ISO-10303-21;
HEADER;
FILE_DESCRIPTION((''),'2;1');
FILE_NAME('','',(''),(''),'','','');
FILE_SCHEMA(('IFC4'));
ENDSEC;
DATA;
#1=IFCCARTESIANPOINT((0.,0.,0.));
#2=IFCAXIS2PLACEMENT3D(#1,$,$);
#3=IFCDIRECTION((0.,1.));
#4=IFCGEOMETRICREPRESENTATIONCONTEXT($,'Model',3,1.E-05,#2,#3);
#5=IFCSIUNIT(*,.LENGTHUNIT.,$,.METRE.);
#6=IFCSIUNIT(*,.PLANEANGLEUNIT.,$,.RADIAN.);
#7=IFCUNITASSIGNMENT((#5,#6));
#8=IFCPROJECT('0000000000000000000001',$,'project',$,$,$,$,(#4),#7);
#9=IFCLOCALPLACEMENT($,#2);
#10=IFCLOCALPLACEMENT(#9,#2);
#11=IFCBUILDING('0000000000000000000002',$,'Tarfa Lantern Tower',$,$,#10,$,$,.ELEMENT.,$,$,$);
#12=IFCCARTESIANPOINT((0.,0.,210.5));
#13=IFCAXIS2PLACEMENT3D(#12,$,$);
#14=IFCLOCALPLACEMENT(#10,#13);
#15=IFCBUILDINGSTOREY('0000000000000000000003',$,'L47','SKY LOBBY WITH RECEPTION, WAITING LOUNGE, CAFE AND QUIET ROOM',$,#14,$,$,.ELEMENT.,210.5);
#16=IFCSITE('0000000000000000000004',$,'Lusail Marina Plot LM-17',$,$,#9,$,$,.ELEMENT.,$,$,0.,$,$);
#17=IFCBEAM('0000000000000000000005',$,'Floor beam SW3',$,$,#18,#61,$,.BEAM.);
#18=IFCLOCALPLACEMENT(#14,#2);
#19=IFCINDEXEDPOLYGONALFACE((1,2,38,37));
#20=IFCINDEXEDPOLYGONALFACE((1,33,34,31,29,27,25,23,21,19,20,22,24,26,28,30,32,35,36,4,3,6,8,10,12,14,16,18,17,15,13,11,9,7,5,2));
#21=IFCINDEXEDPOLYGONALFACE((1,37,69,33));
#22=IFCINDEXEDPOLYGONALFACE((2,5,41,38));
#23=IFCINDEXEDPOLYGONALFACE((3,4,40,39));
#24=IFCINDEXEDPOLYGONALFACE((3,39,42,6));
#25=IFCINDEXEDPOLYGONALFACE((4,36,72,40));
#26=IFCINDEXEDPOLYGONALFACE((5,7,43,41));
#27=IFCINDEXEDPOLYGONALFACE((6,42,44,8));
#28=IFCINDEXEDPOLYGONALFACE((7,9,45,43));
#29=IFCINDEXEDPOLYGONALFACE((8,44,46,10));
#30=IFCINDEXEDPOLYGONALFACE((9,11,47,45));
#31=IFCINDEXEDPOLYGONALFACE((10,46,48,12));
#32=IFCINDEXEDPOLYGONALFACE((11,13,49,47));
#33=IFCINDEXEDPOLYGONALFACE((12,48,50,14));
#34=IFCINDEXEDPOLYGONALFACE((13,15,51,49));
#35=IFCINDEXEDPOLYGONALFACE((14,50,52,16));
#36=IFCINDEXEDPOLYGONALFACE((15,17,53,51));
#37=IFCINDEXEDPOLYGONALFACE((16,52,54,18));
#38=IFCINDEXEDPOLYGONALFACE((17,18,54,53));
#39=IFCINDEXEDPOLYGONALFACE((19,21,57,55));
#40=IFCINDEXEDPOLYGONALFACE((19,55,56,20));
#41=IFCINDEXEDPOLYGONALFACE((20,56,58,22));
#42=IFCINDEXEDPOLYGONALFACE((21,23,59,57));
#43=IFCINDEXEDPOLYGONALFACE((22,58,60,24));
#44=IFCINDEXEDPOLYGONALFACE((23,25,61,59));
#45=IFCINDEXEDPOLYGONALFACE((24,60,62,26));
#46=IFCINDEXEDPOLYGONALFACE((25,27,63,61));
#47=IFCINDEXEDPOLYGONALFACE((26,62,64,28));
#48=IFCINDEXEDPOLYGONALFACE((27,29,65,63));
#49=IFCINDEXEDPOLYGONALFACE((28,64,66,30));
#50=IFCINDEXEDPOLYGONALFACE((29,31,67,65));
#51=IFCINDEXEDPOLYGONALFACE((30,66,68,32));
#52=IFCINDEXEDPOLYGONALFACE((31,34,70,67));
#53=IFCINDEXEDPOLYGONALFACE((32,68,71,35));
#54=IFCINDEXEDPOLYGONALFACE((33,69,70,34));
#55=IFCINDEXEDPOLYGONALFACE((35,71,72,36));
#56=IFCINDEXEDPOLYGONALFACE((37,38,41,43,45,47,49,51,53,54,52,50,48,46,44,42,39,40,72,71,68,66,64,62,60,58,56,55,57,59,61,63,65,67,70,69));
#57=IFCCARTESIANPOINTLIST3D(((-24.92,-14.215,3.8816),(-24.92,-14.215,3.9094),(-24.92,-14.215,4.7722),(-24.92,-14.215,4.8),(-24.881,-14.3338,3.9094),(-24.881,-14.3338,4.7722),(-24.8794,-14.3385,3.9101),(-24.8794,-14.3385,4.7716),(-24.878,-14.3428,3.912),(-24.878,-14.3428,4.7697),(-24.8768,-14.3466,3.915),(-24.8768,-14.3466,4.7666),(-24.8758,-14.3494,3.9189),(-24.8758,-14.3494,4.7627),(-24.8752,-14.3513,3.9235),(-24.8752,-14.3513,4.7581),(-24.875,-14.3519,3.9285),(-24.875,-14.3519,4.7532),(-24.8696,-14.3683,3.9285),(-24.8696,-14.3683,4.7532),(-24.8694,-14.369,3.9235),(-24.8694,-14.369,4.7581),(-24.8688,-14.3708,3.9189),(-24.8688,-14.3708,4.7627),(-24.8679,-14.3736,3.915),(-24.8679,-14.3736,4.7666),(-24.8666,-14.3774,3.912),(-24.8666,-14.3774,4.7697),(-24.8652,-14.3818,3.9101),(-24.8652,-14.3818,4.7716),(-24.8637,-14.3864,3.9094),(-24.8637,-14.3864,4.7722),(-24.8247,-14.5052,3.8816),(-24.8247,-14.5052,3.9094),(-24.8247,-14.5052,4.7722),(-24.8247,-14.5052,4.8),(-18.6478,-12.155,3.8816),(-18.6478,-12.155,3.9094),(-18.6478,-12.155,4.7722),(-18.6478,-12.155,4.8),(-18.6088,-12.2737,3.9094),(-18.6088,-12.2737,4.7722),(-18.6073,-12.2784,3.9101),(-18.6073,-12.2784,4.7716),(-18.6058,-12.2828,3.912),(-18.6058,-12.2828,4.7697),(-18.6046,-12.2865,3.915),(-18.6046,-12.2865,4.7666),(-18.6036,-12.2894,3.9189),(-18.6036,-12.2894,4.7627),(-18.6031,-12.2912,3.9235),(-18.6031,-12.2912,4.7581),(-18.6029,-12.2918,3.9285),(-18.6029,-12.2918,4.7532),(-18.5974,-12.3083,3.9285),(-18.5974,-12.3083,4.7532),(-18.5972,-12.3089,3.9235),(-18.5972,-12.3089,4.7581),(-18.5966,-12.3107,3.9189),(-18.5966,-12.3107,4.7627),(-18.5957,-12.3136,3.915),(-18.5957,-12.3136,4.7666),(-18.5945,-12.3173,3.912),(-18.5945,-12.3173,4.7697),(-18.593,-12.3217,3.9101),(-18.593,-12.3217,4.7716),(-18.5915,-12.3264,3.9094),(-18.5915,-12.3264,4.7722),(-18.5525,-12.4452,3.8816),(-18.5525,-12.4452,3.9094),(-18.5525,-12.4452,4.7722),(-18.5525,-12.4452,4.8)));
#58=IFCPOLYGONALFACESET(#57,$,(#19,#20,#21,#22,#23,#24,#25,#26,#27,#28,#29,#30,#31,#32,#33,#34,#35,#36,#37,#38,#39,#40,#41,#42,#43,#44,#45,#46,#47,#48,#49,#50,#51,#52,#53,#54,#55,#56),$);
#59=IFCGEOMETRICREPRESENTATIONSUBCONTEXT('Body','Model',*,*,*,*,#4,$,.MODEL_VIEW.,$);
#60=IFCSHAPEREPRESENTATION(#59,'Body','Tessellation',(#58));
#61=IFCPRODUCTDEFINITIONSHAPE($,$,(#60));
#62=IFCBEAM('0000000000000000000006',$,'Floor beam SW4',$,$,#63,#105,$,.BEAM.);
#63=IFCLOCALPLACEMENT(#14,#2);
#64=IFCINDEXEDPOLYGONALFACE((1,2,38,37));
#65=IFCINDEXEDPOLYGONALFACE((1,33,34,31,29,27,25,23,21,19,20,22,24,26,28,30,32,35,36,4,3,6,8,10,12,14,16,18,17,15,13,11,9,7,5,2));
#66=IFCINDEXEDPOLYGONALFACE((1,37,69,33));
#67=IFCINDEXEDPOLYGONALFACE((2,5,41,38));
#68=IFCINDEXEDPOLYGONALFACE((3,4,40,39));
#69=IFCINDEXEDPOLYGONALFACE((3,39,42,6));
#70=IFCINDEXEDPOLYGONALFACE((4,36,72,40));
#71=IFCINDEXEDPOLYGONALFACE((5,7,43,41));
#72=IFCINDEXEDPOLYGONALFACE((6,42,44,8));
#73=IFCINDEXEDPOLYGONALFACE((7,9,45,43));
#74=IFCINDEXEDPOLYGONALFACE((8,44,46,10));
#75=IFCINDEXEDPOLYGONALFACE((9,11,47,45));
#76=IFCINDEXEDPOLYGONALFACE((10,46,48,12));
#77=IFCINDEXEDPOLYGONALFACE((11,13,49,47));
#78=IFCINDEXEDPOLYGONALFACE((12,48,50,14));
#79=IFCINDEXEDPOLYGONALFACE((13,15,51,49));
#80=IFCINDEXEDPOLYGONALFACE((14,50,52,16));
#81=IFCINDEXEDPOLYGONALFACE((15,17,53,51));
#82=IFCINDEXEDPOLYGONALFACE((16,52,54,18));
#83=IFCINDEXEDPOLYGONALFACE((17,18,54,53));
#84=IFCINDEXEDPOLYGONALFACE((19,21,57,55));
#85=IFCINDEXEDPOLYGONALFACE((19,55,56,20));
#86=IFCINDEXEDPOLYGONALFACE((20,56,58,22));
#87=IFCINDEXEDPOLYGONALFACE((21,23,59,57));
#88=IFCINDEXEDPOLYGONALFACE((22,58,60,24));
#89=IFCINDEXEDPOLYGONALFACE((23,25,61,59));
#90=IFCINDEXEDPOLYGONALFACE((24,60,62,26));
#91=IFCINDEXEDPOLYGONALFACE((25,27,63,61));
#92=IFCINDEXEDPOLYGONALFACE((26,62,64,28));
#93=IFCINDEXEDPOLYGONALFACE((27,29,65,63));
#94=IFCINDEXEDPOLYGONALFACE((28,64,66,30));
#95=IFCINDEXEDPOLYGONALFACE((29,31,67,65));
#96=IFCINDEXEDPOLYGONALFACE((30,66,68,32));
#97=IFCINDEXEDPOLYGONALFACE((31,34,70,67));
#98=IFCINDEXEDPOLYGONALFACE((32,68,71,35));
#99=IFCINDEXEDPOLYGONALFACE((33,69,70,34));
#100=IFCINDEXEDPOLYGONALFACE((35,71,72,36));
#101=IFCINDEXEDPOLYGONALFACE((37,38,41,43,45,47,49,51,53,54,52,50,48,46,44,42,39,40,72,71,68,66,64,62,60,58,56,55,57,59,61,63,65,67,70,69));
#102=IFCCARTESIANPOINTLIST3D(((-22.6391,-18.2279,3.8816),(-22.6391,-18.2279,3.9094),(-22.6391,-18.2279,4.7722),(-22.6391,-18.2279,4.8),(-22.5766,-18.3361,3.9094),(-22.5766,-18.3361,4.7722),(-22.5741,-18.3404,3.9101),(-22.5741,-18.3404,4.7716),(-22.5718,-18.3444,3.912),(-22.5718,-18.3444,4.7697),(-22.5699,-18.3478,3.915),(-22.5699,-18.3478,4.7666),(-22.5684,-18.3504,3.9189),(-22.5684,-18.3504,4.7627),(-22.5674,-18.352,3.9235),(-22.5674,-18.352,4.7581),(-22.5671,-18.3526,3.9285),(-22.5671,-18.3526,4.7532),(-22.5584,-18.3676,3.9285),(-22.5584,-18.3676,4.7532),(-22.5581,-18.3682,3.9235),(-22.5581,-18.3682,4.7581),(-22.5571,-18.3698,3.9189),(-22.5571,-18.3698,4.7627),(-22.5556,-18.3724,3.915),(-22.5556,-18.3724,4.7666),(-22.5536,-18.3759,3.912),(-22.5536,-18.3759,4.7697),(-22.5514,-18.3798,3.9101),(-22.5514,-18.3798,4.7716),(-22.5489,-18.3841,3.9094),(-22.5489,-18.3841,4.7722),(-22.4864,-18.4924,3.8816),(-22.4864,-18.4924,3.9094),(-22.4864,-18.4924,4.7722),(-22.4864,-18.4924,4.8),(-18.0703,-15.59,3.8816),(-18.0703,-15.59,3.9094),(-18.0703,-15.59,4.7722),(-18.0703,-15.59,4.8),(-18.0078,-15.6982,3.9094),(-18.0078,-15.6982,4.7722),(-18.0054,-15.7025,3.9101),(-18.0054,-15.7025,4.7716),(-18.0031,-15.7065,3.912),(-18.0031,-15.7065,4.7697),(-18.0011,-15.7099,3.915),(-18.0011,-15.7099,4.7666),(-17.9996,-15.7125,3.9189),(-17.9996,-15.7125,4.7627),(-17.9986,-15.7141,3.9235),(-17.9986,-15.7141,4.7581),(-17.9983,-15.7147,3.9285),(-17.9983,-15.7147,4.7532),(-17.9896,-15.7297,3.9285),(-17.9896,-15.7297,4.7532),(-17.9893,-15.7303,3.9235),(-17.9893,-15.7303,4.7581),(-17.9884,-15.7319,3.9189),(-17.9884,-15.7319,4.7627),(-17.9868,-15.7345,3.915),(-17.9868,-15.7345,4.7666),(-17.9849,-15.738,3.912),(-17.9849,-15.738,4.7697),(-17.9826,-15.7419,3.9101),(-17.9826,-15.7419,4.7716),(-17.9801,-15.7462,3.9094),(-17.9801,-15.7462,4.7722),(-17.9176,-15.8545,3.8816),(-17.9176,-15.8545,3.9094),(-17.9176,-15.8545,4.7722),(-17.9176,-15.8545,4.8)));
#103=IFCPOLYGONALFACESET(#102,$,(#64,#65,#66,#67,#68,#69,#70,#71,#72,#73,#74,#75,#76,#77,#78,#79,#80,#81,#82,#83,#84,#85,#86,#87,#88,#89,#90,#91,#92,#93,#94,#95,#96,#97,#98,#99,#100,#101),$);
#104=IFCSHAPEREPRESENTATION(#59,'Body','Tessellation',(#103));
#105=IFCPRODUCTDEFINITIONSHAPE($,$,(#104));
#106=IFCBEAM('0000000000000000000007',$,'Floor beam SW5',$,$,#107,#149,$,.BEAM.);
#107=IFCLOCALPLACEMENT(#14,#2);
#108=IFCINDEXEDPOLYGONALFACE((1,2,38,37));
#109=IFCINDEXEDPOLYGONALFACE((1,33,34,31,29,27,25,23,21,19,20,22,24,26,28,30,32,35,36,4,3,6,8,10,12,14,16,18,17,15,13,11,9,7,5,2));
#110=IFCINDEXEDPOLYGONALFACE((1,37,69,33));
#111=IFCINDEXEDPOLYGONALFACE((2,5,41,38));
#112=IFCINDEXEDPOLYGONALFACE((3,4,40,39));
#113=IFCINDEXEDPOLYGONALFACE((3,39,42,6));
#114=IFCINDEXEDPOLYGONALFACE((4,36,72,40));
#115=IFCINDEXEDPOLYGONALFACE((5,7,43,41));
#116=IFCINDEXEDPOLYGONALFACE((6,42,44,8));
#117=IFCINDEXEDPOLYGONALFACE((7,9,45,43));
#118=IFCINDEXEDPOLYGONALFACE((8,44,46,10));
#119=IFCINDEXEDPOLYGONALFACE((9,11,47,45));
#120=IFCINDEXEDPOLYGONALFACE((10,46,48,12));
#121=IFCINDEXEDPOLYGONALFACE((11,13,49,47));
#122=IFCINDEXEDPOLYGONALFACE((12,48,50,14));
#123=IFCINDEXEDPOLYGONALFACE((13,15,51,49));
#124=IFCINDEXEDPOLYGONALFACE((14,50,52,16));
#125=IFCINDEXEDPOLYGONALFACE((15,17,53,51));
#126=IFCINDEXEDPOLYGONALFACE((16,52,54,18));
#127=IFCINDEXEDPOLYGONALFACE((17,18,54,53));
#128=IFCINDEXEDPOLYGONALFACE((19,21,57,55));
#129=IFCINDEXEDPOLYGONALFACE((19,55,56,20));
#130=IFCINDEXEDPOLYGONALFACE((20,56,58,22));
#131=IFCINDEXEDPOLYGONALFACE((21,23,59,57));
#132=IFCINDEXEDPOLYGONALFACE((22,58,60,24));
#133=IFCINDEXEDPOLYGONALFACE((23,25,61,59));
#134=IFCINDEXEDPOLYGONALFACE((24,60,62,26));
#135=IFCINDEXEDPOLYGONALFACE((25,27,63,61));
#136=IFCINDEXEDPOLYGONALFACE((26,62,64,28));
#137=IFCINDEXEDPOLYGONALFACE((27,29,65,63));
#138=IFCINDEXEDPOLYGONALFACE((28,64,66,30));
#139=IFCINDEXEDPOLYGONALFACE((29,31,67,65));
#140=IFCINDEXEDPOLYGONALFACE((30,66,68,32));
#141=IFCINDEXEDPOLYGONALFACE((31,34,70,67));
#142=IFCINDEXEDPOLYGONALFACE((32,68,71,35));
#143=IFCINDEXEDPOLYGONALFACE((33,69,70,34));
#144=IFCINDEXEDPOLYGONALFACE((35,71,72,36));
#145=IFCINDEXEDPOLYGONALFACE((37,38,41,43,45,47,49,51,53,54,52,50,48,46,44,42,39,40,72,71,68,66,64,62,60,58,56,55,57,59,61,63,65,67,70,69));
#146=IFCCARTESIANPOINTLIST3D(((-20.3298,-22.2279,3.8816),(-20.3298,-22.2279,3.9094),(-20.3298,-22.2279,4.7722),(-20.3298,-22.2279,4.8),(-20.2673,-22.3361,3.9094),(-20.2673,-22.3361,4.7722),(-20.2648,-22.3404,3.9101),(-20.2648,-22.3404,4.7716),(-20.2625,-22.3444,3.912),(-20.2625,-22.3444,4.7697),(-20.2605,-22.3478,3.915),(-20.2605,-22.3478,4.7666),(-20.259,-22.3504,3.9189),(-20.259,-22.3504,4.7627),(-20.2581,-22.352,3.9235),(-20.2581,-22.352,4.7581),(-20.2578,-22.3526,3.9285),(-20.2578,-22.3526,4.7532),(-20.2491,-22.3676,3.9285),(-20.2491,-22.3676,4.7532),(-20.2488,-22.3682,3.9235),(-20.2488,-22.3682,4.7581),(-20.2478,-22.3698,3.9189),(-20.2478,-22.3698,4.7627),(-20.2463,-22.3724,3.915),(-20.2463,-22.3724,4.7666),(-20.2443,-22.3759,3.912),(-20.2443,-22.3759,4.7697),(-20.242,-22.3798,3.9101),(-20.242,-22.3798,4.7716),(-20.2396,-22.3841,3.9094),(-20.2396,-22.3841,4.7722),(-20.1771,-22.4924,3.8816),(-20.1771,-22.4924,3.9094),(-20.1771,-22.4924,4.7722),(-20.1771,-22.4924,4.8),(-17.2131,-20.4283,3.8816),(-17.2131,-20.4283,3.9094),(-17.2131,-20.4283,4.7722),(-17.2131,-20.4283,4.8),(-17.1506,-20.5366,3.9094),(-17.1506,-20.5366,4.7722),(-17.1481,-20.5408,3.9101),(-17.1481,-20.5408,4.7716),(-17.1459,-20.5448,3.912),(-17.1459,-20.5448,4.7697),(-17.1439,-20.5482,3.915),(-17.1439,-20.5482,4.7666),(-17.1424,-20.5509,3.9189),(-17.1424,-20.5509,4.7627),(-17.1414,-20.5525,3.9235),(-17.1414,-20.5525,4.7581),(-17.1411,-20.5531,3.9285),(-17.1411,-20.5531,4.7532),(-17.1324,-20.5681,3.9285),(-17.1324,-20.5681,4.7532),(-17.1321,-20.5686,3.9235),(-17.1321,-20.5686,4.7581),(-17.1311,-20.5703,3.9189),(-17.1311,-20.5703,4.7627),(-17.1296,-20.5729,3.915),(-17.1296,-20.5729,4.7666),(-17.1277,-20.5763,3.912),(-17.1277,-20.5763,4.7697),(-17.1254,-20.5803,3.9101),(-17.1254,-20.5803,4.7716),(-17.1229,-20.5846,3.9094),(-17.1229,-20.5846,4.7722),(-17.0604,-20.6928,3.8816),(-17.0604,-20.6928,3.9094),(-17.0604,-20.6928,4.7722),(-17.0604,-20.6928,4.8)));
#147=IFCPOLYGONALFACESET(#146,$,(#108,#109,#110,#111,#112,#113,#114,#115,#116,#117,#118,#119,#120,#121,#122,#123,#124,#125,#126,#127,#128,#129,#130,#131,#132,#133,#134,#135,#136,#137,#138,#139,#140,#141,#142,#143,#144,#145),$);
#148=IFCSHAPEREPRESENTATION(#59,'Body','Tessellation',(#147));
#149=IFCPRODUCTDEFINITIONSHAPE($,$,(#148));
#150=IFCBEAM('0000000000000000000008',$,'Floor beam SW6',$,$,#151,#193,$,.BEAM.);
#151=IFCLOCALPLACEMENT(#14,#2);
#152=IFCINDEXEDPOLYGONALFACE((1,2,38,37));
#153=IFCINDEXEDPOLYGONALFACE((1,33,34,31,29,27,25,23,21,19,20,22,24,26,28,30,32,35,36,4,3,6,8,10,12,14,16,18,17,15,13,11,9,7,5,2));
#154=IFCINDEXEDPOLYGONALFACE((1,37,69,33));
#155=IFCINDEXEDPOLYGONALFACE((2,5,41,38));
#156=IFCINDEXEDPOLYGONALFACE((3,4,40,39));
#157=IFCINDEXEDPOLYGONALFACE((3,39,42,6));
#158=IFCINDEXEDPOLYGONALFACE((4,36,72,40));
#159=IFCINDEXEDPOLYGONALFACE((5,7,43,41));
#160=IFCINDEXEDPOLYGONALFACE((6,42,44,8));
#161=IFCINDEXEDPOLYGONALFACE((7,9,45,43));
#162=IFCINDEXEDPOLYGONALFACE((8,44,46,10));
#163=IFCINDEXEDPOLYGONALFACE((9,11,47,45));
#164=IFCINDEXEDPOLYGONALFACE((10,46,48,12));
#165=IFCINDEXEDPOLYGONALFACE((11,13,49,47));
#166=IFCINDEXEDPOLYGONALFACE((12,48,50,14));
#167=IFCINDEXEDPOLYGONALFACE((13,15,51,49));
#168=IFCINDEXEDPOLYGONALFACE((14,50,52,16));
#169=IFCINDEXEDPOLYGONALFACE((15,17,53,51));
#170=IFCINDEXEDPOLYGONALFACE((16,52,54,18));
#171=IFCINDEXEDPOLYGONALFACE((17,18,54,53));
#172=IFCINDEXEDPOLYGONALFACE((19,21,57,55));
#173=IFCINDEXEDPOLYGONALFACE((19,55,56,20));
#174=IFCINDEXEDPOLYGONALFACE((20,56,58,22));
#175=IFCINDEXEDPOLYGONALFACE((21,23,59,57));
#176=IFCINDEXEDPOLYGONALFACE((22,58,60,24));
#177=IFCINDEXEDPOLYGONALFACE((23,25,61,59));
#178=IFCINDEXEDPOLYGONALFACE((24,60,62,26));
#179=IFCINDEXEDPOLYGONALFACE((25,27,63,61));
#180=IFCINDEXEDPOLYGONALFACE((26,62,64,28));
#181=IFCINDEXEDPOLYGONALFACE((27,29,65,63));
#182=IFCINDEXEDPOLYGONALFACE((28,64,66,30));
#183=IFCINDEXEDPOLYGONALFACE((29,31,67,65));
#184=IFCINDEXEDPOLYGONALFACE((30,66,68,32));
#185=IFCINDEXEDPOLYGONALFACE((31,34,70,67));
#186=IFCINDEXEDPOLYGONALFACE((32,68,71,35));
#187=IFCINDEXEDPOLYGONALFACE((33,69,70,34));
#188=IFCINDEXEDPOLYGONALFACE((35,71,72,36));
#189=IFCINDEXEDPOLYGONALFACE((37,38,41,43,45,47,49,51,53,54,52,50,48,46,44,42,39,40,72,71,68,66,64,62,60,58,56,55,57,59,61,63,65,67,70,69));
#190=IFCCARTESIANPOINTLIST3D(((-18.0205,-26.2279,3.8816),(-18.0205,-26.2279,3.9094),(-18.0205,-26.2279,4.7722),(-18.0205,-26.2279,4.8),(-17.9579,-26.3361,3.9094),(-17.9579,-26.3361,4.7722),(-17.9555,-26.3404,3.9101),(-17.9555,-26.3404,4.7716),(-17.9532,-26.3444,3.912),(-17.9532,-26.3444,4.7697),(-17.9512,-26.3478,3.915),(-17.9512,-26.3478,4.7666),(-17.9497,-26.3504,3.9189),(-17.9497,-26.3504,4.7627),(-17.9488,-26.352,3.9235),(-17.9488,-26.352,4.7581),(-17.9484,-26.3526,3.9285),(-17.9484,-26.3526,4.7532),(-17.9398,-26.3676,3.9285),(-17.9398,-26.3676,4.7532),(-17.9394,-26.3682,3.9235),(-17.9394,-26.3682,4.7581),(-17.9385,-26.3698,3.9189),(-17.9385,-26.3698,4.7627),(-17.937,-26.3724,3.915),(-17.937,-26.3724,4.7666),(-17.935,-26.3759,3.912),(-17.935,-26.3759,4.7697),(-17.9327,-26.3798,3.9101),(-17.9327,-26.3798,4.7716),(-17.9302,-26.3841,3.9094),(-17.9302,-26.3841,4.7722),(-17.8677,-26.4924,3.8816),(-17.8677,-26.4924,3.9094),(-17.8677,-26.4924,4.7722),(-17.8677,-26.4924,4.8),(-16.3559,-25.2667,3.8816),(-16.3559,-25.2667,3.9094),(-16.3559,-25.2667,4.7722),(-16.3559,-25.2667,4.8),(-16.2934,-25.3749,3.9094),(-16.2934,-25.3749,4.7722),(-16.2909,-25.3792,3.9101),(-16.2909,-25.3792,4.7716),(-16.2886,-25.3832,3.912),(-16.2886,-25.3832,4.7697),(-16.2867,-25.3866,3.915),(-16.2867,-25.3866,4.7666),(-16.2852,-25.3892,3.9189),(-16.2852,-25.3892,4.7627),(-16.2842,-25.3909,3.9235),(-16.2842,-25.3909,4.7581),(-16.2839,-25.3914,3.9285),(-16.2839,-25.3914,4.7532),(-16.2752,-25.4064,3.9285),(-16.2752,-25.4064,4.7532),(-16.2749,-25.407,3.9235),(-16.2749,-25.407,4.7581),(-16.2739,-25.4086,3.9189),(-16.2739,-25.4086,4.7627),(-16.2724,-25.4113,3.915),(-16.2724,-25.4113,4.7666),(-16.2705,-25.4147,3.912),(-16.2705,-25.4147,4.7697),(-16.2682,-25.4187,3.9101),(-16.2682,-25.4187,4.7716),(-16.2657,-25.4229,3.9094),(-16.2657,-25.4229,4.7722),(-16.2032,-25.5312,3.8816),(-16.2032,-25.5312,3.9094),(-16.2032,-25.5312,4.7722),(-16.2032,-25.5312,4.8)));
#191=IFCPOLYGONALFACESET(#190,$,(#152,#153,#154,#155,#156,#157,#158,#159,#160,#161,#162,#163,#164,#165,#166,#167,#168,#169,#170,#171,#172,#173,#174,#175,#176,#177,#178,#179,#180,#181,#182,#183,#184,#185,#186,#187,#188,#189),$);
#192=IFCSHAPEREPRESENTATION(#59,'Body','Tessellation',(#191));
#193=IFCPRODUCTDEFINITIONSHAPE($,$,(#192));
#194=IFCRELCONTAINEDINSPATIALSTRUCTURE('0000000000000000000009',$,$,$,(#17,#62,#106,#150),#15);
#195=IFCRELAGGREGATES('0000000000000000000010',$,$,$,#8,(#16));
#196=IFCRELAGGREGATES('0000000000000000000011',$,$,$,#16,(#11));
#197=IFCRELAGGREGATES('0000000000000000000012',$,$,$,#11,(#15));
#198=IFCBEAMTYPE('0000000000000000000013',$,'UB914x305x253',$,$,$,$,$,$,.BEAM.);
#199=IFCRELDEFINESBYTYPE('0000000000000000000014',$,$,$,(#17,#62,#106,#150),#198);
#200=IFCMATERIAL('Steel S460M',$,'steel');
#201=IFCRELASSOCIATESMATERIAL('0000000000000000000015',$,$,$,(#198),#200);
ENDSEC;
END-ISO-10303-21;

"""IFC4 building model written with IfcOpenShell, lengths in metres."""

from ifc_helpers import new_model, si_unit, direction, frame, origin, origin_2d, place, context, subcontext, project, spatial, i_section, extrude, material, material_profile, profile_set, type_object, element, save


model = new_model("IFC4")

# Units and contexts
model_context = context("Model", 3, precision=1e-05, world=origin(), true_north=direction((0.0, 1.0)))
body_context = subcontext(model_context, "Body", "Model", "MODEL_VIEW")
ifc_project = project(units=[si_unit("LENGTHUNIT", "METRE"), si_unit("PLANEANGLEUNIT", "RADIAN")], contexts=[model_context])

# Site, building, storey
site_placement = place(None, origin())
site = spatial("IfcSite", under=ifc_project, at=site_placement, Name="Lusail Marina Plot LM-17", CompositionType="ELEMENT", RefElevation=0.0)
building_placement = place(site_placement, origin())
building = spatial("IfcBuilding", under=site, at=building_placement, Name="Tarfa Lantern Tower", CompositionType="ELEMENT")
storey_placement = place(building_placement, frame((0.0, 0.0, 210.5)))
storey = spatial("IfcBuildingStorey", under=building, at=storey_placement, Name="L47", Description="SKY LOBBY WITH RECEPTION, WAITING LOUNGE, CAFE AND QUIET ROOM", CompositionType="ELEMENT", Elevation=210.5)

# Shared definitions
ifc_material_1 = material(Name="Steel S460M", Category="steel")

# Beams
ifc_material_profile_1 = material_profile(ifc_material_1, i_section(OverallWidth=0.3054, OverallDepth=0.9185, WebThickness=0.0173, FlangeThickness=0.0278, FilletRadius=0.019, at=origin_2d()), Name="UB914x305x253")
ifc_profile_set_1 = profile_set([ifc_material_profile_1], Name="Steel S460M")
beam_type_1 = type_object("IfcBeamType", Name="UB914x305x253", PredefinedType="BEAM", material=ifc_profile_set_1)
beam_1_placement = place(storey_placement, frame((-24.8723, -14.3601, 4.3408), z_axis=(0.950068, 0.312042, 0.0), x_axis=(-0.312042, 0.950068, 0.0)))
element("IfcBeam", 1, at=beam_1_placement, inside=storey, type_object=beam_type_1, Name="Floor beam SW3", PredefinedType="BEAM", context=body_context, shape_type="SweptSolid", body=[
    extrude(i_section(OverallWidth=0.3054, OverallDepth=0.9185, WebThickness=0.0173, FlangeThickness=0.0278, FilletRadius=0.019, at=origin_2d()), origin(), (0.0, 0.0, 1.0), 6.6018),
])
beam_2_placement = place(storey_placement, frame((-22.5627, -18.3601, 4.3408), z_axis=(0.866016, 0.500016, 0.0), x_axis=(-0.500016, 0.866016, 0.0)))
element("IfcBeam", 2, at=beam_2_placement, inside=storey, type_object=beam_type_1, Name="Floor beam SW4", PredefinedType="BEAM", context=body_context, shape_type="SweptSolid", body=[
    extrude(i_section(OverallWidth=0.3054, OverallDepth=0.9185, WebThickness=0.0173, FlangeThickness=0.0278, FilletRadius=0.019, at=origin_2d()), origin(), (0.0, 0.0, 1.0), 5.2756),
])
beam_3_placement = place(storey_placement, frame((-20.2534, -22.3601, 4.3408), z_axis=(0.866009, 0.500028, 0.0), x_axis=(-0.500028, 0.866009, 0.0)))
element("IfcBeam", 3, at=beam_3_placement, inside=storey, type_object=beam_type_1, Name="Floor beam SW5", PredefinedType="BEAM", context=body_context, shape_type="SweptSolid", body=[
    extrude(i_section(OverallWidth=0.3054, OverallDepth=0.9185, WebThickness=0.0173, FlangeThickness=0.0278, FilletRadius=0.019, at=origin_2d()), origin(), (0.0, 0.0, 1.0), 3.5989),
])
beam_4_placement = place(storey_placement, frame((-17.9441, -26.3601, 4.3408), z_axis=(0.865991, 0.50006, 0.0), x_axis=(-0.50006, 0.865991, 0.0)))
element("IfcBeam", 4, at=beam_4_placement, inside=storey, type_object=beam_type_1, Name="Floor beam SW6", PredefinedType="BEAM", context=body_context, shape_type="SweptSolid", body=[
    extrude(i_section(OverallWidth=0.3054, OverallDepth=0.9185, WebThickness=0.0173, FlangeThickness=0.0278, FilletRadius=0.019, at=origin_2d()), origin(), (0.0, 0.0, 1.0), 1.9221),
])

save(model, "model.ifc")
